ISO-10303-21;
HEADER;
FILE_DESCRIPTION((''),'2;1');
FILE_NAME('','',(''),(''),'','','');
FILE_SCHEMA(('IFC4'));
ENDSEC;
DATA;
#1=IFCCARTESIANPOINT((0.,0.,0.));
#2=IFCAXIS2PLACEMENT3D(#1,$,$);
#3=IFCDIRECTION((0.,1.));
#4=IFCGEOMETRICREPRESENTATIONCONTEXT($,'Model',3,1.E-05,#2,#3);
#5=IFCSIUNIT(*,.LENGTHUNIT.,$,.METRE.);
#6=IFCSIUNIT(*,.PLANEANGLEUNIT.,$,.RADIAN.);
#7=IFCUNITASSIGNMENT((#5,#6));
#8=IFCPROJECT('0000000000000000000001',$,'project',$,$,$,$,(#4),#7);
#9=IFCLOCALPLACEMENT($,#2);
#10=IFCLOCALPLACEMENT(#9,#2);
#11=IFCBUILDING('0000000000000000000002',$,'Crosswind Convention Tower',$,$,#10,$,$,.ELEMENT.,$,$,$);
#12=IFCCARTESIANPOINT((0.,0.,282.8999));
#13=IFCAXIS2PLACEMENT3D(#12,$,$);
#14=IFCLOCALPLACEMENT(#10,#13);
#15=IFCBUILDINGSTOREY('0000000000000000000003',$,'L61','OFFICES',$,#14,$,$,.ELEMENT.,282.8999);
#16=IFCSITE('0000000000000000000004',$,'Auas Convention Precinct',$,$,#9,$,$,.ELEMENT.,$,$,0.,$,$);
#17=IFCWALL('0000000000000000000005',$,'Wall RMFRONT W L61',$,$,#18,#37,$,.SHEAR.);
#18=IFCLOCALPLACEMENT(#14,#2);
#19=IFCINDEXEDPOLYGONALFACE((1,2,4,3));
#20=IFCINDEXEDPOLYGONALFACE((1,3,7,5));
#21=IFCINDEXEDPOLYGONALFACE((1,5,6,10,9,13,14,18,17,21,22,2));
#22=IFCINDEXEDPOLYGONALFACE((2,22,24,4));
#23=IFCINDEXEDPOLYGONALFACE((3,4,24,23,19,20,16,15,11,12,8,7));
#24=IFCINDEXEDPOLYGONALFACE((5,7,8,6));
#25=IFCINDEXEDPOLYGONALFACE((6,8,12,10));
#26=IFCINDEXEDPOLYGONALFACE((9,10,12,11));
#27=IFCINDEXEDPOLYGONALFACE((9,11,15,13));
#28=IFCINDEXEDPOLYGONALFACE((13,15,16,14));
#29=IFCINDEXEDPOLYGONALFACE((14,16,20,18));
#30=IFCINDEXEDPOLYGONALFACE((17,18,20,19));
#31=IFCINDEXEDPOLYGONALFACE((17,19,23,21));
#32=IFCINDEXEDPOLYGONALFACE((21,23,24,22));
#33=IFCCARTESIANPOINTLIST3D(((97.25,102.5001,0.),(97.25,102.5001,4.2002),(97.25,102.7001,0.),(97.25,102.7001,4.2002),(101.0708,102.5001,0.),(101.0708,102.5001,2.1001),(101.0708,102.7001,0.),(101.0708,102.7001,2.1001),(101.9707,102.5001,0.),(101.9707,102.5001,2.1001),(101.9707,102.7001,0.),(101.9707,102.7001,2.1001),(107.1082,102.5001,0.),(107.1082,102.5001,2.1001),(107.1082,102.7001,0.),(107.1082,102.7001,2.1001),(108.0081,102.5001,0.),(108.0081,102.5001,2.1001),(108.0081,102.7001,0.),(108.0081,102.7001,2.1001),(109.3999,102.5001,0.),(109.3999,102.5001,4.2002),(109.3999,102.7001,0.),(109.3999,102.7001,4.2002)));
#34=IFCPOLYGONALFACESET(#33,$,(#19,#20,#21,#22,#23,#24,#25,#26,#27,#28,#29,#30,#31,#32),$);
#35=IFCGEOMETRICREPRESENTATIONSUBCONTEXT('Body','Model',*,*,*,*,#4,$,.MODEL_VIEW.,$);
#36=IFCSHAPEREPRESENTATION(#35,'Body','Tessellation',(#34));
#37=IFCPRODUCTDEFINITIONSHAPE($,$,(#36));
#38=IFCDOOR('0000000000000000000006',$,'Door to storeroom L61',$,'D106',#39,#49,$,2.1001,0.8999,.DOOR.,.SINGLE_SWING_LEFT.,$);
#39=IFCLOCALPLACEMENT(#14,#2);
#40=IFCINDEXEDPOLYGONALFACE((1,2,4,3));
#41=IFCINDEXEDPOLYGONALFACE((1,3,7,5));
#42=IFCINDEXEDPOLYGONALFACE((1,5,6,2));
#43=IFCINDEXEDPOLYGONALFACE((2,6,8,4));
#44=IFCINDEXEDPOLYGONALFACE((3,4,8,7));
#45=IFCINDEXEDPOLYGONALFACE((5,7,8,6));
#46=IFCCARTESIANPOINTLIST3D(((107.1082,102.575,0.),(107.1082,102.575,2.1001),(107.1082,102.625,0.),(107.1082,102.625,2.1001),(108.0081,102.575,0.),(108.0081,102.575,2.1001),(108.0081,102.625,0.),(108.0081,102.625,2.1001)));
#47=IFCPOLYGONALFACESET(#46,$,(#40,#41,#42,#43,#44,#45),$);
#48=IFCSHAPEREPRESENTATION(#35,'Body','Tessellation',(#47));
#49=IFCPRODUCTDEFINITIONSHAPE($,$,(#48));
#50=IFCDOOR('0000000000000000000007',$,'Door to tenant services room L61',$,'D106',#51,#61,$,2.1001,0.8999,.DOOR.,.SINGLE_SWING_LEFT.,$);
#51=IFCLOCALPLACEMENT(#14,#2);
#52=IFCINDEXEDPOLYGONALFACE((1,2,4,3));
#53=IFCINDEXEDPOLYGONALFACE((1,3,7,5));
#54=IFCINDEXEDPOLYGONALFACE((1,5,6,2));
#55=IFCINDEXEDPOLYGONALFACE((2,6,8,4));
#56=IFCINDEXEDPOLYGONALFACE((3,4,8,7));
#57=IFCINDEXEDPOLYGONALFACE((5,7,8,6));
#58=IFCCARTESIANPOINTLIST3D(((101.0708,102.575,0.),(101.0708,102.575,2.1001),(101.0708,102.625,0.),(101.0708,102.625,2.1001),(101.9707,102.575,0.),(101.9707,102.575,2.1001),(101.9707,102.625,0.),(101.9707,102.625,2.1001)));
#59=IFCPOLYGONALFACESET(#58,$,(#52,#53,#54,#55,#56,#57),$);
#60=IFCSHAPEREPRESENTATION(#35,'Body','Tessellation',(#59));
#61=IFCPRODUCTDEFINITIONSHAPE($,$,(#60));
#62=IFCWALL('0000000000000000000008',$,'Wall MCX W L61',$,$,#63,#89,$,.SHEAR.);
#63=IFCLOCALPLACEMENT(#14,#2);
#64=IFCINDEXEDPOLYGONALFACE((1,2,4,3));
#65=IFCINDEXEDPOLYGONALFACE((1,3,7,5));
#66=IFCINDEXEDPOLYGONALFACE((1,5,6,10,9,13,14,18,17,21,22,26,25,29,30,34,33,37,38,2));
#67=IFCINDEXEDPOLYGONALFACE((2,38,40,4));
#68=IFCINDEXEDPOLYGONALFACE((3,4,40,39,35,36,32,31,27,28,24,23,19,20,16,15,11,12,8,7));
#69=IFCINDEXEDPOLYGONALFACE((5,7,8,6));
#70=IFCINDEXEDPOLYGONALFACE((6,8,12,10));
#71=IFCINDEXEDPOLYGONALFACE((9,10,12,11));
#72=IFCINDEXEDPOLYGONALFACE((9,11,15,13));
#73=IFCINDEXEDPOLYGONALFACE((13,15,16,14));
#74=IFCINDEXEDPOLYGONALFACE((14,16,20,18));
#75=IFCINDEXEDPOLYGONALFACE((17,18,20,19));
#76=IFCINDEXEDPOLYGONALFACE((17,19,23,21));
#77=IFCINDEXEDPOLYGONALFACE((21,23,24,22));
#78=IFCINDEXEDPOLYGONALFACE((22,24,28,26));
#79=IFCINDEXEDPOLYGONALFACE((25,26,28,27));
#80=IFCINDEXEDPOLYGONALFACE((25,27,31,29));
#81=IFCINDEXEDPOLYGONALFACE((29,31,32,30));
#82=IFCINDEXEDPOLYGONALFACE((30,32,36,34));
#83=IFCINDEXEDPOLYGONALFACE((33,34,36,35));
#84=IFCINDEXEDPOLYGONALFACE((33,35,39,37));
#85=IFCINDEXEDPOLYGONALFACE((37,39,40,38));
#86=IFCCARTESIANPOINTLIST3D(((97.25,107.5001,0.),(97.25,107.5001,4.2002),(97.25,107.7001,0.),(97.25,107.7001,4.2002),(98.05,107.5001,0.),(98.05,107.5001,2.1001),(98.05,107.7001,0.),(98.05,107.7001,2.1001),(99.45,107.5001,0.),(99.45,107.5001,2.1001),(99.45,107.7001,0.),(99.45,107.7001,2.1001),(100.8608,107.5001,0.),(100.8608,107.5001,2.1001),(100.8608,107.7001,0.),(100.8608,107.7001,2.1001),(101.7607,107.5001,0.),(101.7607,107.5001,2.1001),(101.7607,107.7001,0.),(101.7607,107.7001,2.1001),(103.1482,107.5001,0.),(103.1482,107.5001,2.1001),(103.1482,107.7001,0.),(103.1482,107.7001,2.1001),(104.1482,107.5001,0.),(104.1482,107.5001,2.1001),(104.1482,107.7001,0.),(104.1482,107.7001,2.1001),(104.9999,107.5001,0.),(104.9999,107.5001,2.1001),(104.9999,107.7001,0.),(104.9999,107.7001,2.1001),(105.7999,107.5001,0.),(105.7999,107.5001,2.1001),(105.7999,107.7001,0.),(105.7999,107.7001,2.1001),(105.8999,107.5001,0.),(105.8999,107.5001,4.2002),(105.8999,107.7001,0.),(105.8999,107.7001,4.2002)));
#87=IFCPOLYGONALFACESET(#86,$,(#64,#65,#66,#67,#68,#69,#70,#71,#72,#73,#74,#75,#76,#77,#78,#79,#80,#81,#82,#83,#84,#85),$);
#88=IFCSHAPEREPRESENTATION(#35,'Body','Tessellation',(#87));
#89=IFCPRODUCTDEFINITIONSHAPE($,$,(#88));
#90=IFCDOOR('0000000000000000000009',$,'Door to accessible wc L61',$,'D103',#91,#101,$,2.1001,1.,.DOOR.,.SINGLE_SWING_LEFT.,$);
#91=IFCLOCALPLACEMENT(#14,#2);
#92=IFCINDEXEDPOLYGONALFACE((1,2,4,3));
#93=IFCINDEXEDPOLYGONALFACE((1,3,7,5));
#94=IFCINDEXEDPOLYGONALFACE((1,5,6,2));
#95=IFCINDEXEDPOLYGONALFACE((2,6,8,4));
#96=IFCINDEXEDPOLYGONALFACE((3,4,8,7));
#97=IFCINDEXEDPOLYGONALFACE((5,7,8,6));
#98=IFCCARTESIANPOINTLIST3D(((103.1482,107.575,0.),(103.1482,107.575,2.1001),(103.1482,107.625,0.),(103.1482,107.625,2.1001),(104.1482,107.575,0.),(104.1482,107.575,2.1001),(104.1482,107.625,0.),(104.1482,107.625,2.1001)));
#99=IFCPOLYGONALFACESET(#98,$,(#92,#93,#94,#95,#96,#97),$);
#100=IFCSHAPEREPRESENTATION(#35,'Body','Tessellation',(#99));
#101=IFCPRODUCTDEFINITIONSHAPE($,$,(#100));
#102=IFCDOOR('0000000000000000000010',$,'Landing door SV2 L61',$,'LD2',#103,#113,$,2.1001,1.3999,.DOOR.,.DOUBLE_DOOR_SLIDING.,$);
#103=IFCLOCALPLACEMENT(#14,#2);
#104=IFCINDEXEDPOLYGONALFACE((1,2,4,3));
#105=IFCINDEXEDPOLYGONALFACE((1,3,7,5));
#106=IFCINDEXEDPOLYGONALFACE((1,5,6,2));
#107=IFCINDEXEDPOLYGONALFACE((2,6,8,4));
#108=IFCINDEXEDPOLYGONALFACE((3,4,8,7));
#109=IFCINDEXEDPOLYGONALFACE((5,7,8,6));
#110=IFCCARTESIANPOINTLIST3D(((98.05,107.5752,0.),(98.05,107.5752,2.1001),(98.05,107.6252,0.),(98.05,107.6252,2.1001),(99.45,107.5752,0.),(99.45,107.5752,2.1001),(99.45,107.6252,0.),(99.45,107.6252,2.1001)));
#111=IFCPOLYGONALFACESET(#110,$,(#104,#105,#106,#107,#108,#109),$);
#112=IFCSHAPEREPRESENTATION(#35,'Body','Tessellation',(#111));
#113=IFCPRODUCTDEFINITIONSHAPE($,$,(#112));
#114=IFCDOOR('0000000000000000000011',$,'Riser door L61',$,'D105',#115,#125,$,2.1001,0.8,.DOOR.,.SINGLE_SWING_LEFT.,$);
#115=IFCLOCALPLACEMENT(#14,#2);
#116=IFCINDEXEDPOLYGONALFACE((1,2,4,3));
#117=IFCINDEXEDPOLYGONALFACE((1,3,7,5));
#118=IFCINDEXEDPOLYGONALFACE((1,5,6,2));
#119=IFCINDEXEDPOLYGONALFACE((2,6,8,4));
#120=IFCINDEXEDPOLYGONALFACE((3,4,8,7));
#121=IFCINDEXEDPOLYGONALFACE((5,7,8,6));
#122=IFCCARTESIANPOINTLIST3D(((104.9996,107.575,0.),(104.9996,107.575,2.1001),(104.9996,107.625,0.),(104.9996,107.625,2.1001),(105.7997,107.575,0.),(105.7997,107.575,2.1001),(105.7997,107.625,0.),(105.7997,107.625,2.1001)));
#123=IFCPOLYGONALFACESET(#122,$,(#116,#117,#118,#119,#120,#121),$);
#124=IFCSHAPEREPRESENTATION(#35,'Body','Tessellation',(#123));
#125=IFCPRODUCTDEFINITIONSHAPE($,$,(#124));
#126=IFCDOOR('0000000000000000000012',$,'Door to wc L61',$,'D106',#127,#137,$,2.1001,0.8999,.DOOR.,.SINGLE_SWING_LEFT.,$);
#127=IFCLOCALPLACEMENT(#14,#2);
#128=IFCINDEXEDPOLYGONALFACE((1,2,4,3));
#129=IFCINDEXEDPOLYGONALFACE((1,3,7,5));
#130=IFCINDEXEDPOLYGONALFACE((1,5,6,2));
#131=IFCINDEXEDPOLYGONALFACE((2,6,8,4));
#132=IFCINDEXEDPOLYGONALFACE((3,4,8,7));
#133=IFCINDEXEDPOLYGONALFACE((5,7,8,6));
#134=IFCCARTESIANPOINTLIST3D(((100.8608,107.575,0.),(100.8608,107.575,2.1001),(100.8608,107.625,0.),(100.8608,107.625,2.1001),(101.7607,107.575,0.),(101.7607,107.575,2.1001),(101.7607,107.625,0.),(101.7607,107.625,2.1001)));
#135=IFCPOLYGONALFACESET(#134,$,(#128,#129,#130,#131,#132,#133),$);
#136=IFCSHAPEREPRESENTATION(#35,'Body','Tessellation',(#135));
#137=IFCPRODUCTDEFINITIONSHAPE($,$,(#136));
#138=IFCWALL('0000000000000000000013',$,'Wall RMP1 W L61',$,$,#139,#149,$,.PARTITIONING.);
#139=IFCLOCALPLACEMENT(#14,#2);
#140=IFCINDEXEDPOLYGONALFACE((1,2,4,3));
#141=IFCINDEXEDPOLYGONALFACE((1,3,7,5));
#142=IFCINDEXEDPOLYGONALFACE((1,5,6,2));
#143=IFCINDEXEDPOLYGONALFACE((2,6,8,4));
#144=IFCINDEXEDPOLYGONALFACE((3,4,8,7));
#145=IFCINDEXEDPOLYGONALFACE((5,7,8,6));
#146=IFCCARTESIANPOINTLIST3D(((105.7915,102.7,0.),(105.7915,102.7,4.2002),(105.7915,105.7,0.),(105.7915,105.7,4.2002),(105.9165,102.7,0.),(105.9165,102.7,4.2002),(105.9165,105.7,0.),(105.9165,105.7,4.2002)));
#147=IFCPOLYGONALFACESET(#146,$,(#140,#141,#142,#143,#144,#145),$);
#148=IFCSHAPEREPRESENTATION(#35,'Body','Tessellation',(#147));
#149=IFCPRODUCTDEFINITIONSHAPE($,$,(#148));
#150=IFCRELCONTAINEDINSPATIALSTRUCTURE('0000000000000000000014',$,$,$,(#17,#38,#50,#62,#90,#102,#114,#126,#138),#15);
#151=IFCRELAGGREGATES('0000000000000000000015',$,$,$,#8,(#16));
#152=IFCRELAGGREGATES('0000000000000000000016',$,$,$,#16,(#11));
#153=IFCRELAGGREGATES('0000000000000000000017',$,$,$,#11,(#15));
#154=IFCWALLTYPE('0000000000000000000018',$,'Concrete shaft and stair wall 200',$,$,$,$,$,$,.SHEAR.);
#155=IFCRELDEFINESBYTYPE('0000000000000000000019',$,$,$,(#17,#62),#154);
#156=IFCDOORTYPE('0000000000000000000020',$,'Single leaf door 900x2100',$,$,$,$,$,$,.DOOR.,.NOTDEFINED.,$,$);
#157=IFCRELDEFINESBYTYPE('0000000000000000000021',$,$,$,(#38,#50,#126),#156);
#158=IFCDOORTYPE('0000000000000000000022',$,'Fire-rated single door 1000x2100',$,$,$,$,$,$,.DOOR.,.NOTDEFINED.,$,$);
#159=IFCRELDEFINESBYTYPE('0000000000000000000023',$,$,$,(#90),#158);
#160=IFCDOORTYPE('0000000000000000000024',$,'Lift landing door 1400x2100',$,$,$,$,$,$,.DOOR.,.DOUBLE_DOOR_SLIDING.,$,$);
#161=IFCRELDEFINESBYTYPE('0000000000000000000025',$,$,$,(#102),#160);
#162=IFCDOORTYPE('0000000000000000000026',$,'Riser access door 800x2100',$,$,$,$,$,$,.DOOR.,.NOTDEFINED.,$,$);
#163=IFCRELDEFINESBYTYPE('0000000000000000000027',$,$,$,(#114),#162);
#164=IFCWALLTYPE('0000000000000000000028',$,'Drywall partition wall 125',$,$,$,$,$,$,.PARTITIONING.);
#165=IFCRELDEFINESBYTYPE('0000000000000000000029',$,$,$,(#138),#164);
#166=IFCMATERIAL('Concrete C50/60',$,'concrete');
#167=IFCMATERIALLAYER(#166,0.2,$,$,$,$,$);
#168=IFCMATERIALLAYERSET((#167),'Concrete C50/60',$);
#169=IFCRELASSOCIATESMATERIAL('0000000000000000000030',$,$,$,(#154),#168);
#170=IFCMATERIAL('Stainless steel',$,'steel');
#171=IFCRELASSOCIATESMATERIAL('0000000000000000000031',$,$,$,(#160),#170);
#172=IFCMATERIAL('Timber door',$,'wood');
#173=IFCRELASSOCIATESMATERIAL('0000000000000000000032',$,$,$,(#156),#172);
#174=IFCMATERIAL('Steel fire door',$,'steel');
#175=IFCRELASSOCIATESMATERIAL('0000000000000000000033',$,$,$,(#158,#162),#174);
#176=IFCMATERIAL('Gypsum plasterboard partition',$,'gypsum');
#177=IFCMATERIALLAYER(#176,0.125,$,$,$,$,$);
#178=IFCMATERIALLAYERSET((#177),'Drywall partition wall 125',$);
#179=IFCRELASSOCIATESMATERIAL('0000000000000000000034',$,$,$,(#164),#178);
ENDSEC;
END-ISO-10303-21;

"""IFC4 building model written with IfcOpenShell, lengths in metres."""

from ifc_helpers import new_model, si_unit, direction, frame, frame_2d, origin, place, context, subcontext, project, spatial, rectangle, extrude, material, layer, layer_set, type_object, element, fill, save


model = new_model("IFC4")

# Units and contexts
model_context = context("Model", 3, precision=1e-05, world=origin(), true_north=direction((0.0, 1.0)))
body_context = subcontext(model_context, "Body", "Model", "MODEL_VIEW")
ifc_project = project(units=[si_unit("LENGTHUNIT", "METRE"), si_unit("PLANEANGLEUNIT", "RADIAN")], contexts=[model_context])

# Site, building, storey
site_placement = place(None, origin())
site = spatial("IfcSite", under=ifc_project, at=site_placement, Name="Auas Convention Precinct", CompositionType="ELEMENT", RefElevation=0.0)
building_placement = place(site_placement, origin())
building = spatial("IfcBuilding", under=site, at=building_placement, Name="Crosswind Convention Tower", CompositionType="ELEMENT")
storey_placement = place(building_placement, frame((0.0, 0.0, 282.8999)))
storey = spatial("IfcBuildingStorey", under=building, at=storey_placement, Name="L61", Description="OFFICES", CompositionType="ELEMENT", Elevation=282.8999)

# Shared definitions
ifc_material_1 = material(Name="Concrete C50/60", Category="concrete")
ifc_layer_1 = layer(ifc_material_1, 0.2)
ifc_layer_set_1 = layer_set([ifc_layer_1], Name="Concrete C50/60")
wall_type_1 = type_object("IfcWallType", Name="Concrete shaft and stair wall 200", PredefinedType="SHEAR", material=ifc_layer_set_1)

# Shared definitions
ifc_material_2 = material(Name="Stainless steel", Category="steel")
door_type_1 = type_object("IfcDoorType", Name="Lift landing door 1400x2100", OperationType="DOUBLE_DOOR_SLIDING", PredefinedType="DOOR", material=ifc_material_2)

# Walls, openings, doors
wall_1_placement = place(storey_placement, frame((109.3999, 102.6001, 0.0), z_axis=(0.0, 0.0, 1.0), x_axis=(-1.0, 0.0, 0.0)))
wall_1 = element("IfcWall", 1, at=wall_1_placement, inside=storey, type_object=wall_type_1, Name="Wall RMFRONT W L61", PredefinedType="SHEAR", context=body_context, shape_type="SweptSolid", body=[
    extrude(rectangle(XDim=12.1499, YDim=0.2, at=frame_2d((6.075, 0.0))), origin(), (0.0, 0.0, 1.0), 4.2002),
])
opening_1_placement = place(wall_1_placement, frame((1.3918, 0.0, 0.0)))
opening_1 = element("IfcOpeningElement", 2, at=opening_1_placement, cuts=wall_1, PredefinedType="OPENING", context=body_context, shape_type="SweptSolid", body=[
    extrude(rectangle(XDim=0.8999, YDim=2.1001, at=frame_2d((0.45, 1.05))), frame((0.0, 0.1099, 0.0), z_axis=(0.0, -1.0, 0.0), x_axis=(1.0, 0.0, 0.0)), (0.0, 0.0, 1.0), 0.22),
])
opening_2_placement = place(wall_1_placement, frame((7.4292, 0.0, 0.0)))
opening_2 = element("IfcOpeningElement", 3, at=opening_2_placement, cuts=wall_1, PredefinedType="OPENING", context=body_context, shape_type="SweptSolid", body=[
    extrude(rectangle(XDim=0.8999, YDim=2.1001, at=frame_2d((0.45, 1.05))), frame((0.0, 0.1099, 0.0), z_axis=(0.0, -1.0, 0.0), x_axis=(1.0, 0.0, 0.0)), (0.0, 0.0, 1.0), 0.22),
])
ifc_material_3 = material(Name="Timber door", Category="wood")
door_type_2 = type_object("IfcDoorType", Name="Single leaf door 900x2100", OperationType="NOTDEFINED", PredefinedType="DOOR", material=ifc_material_3)
door_1_placement = place(opening_1_placement, frame((0.8999, 0.0, 0.0), z_axis=(0.0, 0.0, 1.0), x_axis=(-1.0, 0.0, 0.0)))
door_1 = element("IfcDoor", 4, at=door_1_placement, inside=storey, type_object=door_type_2, Name="Door to storeroom L61", ObjectType="D106", OperationType="SINGLE_SWING_LEFT", OverallHeight=2.1001, OverallWidth=0.8999, PredefinedType="DOOR", context=body_context, shape_type="SweptSolid", body=[
    extrude(rectangle(XDim=0.8999, YDim=2.1001, at=frame_2d((0.45, 1.05))), frame((0.0, 0.0249, 0.0), z_axis=(0.0, -1.0, 0.0), x_axis=(1.0, 0.0, 0.0)), (0.0, 0.0, 1.0), 0.05),
])
fill(opening_1, door_1)
door_2_placement = place(opening_2_placement, frame((0.8999, 0.0, 0.0), z_axis=(0.0, 0.0, 1.0), x_axis=(-1.0, 0.0, 0.0)))
door_2 = element("IfcDoor", 5, at=door_2_placement, inside=storey, type_object=door_type_2, Name="Door to tenant services room L61", ObjectType="D106", OperationType="SINGLE_SWING_LEFT", OverallHeight=2.1001, OverallWidth=0.8999, PredefinedType="DOOR", context=body_context, shape_type="SweptSolid", body=[
    extrude(rectangle(XDim=0.8999, YDim=2.1001, at=frame_2d((0.45, 1.05))), frame((0.0, 0.0249, 0.0), z_axis=(0.0, -1.0, 0.0), x_axis=(1.0, 0.0, 0.0)), (0.0, 0.0, 1.0), 0.05),
])
fill(opening_2, door_2)
wall_2_placement = place(storey_placement, frame((105.8999, 107.6001, 0.0), z_axis=(0.0, 0.0, 1.0), x_axis=(-1.0, 0.0, 0.0)))
wall_2 = element("IfcWall", 6, at=wall_2_placement, inside=storey, type_object=wall_type_1, Name="Wall MCX W L61", PredefinedType="SHEAR", context=body_context, shape_type="SweptSolid", body=[
    extrude(rectangle(XDim=8.6499, YDim=0.2, at=frame_2d((4.325, 0.0))), origin(), (0.0, 0.0, 1.0), 4.2002),
])
opening_3_placement = place(wall_2_placement, frame((0.1001, 0.0, 0.0)))
opening_3 = element("IfcOpeningElement", 7, at=opening_3_placement, cuts=wall_2, PredefinedType="OPENING", context=body_context, shape_type="SweptSolid", body=[
    extrude(rectangle(XDim=0.8, YDim=2.1001, at=frame_2d((0.3999, 1.05))), frame((0.0, 0.1099, 0.0), z_axis=(0.0, -1.0, 0.0), x_axis=(1.0, 0.0, 0.0)), (0.0, 0.0, 1.0), 0.22),
])
opening_4_placement = place(wall_2_placement, frame((1.7517, 0.0, 0.0)))
opening_4 = element("IfcOpeningElement", 8, at=opening_4_placement, cuts=wall_2, PredefinedType="OPENING", context=body_context, shape_type="SweptSolid", body=[
    extrude(rectangle(XDim=1.0, YDim=2.1001, at=frame_2d((0.5, 1.05))), frame((0.0, 0.1099, 0.0), z_axis=(0.0, -1.0, 0.0), x_axis=(1.0, 0.0, 0.0)), (0.0, 0.0, 1.0), 0.22),
])
opening_5_placement = place(wall_2_placement, frame((4.1392, 0.0, 0.0)))
opening_5 = element("IfcOpeningElement", 9, at=opening_5_placement, cuts=wall_2, PredefinedType="OPENING", context=body_context, shape_type="SweptSolid", body=[
    extrude(rectangle(XDim=0.8999, YDim=2.1001, at=frame_2d((0.45, 1.05))), frame((0.0, 0.1099, 0.0), z_axis=(0.0, -1.0, 0.0), x_axis=(1.0, 0.0, 0.0)), (0.0, 0.0, 1.0), 0.22),
])
opening_6_placement = place(wall_2_placement, frame((6.45, 0.0, 0.0)))
opening_6 = element("IfcOpeningElement", 10, at=opening_6_placement, cuts=wall_2, PredefinedType="OPENING", context=body_context, shape_type="SweptSolid", body=[
    extrude(rectangle(XDim=1.3999, YDim=2.1001, at=frame_2d((0.7, 1.05))), frame((0.0, 0.1099, 0.0), z_axis=(0.0, -1.0, 0.0), x_axis=(1.0, 0.0, 0.0)), (0.0, 0.0, 1.0), 0.22),
])
ifc_material_4 = material(Name="Steel fire door", Category="steel")
door_type_3 = type_object("IfcDoorType", Name="Fire-rated single door 1000x2100", OperationType="NOTDEFINED", PredefinedType="DOOR", material=ifc_material_4)
door_3_placement = place(opening_4_placement, frame((1.0, 0.0, 0.0), z_axis=(0.0, 0.0, 1.0), x_axis=(-1.0, 0.0, 0.0)))
door_3 = element("IfcDoor", 11, at=door_3_placement, inside=storey, type_object=door_type_3, Name="Door to accessible wc L61", ObjectType="D103", OperationType="SINGLE_SWING_LEFT", OverallHeight=2.1001, OverallWidth=1.0, PredefinedType="DOOR", context=body_context, shape_type="SweptSolid", body=[
    extrude(rectangle(XDim=1.0, YDim=2.1001, at=frame_2d((0.5, 1.05))), frame((0.0, 0.0249, 0.0), z_axis=(0.0, -1.0, 0.0), x_axis=(1.0, 0.0, 0.0)), (0.0, 0.0, 1.0), 0.05),
])
fill(opening_4, door_3)
door_4_placement = place(opening_6_placement, origin())
door_4 = element("IfcDoor", 12, at=door_4_placement, inside=storey, type_object=door_type_1, Name="Landing door SV2 L61", ObjectType="LD2", OperationType="DOUBLE_DOOR_SLIDING", OverallHeight=2.1001, OverallWidth=1.3999, PredefinedType="DOOR", context=body_context, shape_type="SweptSolid", body=[
    extrude(rectangle(XDim=1.3999, YDim=2.1001, at=frame_2d((0.7, 1.05))), frame((0.0, 0.0249, 0.0), z_axis=(0.0, -1.0, 0.0), x_axis=(1.0, 0.0, 0.0)), (0.0, 0.0, 1.0), 0.05),
])
fill(opening_6, door_4)
door_type_4 = type_object("IfcDoorType", Name="Riser access door 800x2100", OperationType="NOTDEFINED", PredefinedType="DOOR", material=ifc_material_4)
door_5_placement = place(opening_3_placement, frame((0.8, 0.0, 0.0), z_axis=(0.0, 0.0, 1.0), x_axis=(-1.0, 0.0, 0.0)))
door_5 = element("IfcDoor", 13, at=door_5_placement, inside=storey, type_object=door_type_4, Name="Riser door L61", ObjectType="D105", OperationType="SINGLE_SWING_LEFT", OverallHeight=2.1001, OverallWidth=0.8, PredefinedType="DOOR", context=body_context, shape_type="SweptSolid", body=[
    extrude(rectangle(XDim=0.8, YDim=2.1001, at=frame_2d((0.3999, 1.05))), frame((0.0, 0.0249, 0.0), z_axis=(0.0, -1.0, 0.0), x_axis=(1.0, 0.0, 0.0)), (0.0, 0.0, 1.0), 0.05),
])
fill(opening_3, door_5)
door_6_placement = place(opening_5_placement, frame((0.8999, 0.0, 0.0), z_axis=(0.0, 0.0, 1.0), x_axis=(-1.0, 0.0, 0.0)))
door_6 = element("IfcDoor", 14, at=door_6_placement, inside=storey, type_object=door_type_2, Name="Door to wc L61", ObjectType="D106", OperationType="SINGLE_SWING_LEFT", OverallHeight=2.1001, OverallWidth=0.8999, PredefinedType="DOOR", context=body_context, shape_type="SweptSolid", body=[
    extrude(rectangle(XDim=0.8999, YDim=2.1001, at=frame_2d((0.45, 1.05))), frame((0.0, 0.0249, 0.0), z_axis=(0.0, -1.0, 0.0), x_axis=(1.0, 0.0, 0.0)), (0.0, 0.0, 1.0), 0.05),
])
fill(opening_5, door_6)

# Wall
ifc_material_5 = material(Name="Gypsum plasterboard partition", Category="gypsum")
ifc_layer_2 = layer(ifc_material_5, 0.125)
ifc_layer_set_2 = layer_set([ifc_layer_2], Name="Drywall partition wall 125")
wall_type_2 = type_object("IfcWallType", Name="Drywall partition wall 125", PredefinedType="PARTITIONING", material=ifc_layer_set_2)
wall_3_placement = place(storey_placement, frame((105.854, 105.7, 0.0), z_axis=(0.0, 0.0, 1.0), x_axis=(0.0, -1.0, 0.0)))
element("IfcWall", 15, at=wall_3_placement, inside=storey, type_object=wall_type_2, Name="Wall RMP1 W L61", PredefinedType="PARTITIONING", context=body_context, shape_type="SweptSolid", body=[
    extrude(rectangle(XDim=3.0, YDim=0.125, at=frame_2d((1.5, 0.0))), origin(), (0.0, 0.0, 1.0), 4.2002),
])

save(model, "model.ifc")
